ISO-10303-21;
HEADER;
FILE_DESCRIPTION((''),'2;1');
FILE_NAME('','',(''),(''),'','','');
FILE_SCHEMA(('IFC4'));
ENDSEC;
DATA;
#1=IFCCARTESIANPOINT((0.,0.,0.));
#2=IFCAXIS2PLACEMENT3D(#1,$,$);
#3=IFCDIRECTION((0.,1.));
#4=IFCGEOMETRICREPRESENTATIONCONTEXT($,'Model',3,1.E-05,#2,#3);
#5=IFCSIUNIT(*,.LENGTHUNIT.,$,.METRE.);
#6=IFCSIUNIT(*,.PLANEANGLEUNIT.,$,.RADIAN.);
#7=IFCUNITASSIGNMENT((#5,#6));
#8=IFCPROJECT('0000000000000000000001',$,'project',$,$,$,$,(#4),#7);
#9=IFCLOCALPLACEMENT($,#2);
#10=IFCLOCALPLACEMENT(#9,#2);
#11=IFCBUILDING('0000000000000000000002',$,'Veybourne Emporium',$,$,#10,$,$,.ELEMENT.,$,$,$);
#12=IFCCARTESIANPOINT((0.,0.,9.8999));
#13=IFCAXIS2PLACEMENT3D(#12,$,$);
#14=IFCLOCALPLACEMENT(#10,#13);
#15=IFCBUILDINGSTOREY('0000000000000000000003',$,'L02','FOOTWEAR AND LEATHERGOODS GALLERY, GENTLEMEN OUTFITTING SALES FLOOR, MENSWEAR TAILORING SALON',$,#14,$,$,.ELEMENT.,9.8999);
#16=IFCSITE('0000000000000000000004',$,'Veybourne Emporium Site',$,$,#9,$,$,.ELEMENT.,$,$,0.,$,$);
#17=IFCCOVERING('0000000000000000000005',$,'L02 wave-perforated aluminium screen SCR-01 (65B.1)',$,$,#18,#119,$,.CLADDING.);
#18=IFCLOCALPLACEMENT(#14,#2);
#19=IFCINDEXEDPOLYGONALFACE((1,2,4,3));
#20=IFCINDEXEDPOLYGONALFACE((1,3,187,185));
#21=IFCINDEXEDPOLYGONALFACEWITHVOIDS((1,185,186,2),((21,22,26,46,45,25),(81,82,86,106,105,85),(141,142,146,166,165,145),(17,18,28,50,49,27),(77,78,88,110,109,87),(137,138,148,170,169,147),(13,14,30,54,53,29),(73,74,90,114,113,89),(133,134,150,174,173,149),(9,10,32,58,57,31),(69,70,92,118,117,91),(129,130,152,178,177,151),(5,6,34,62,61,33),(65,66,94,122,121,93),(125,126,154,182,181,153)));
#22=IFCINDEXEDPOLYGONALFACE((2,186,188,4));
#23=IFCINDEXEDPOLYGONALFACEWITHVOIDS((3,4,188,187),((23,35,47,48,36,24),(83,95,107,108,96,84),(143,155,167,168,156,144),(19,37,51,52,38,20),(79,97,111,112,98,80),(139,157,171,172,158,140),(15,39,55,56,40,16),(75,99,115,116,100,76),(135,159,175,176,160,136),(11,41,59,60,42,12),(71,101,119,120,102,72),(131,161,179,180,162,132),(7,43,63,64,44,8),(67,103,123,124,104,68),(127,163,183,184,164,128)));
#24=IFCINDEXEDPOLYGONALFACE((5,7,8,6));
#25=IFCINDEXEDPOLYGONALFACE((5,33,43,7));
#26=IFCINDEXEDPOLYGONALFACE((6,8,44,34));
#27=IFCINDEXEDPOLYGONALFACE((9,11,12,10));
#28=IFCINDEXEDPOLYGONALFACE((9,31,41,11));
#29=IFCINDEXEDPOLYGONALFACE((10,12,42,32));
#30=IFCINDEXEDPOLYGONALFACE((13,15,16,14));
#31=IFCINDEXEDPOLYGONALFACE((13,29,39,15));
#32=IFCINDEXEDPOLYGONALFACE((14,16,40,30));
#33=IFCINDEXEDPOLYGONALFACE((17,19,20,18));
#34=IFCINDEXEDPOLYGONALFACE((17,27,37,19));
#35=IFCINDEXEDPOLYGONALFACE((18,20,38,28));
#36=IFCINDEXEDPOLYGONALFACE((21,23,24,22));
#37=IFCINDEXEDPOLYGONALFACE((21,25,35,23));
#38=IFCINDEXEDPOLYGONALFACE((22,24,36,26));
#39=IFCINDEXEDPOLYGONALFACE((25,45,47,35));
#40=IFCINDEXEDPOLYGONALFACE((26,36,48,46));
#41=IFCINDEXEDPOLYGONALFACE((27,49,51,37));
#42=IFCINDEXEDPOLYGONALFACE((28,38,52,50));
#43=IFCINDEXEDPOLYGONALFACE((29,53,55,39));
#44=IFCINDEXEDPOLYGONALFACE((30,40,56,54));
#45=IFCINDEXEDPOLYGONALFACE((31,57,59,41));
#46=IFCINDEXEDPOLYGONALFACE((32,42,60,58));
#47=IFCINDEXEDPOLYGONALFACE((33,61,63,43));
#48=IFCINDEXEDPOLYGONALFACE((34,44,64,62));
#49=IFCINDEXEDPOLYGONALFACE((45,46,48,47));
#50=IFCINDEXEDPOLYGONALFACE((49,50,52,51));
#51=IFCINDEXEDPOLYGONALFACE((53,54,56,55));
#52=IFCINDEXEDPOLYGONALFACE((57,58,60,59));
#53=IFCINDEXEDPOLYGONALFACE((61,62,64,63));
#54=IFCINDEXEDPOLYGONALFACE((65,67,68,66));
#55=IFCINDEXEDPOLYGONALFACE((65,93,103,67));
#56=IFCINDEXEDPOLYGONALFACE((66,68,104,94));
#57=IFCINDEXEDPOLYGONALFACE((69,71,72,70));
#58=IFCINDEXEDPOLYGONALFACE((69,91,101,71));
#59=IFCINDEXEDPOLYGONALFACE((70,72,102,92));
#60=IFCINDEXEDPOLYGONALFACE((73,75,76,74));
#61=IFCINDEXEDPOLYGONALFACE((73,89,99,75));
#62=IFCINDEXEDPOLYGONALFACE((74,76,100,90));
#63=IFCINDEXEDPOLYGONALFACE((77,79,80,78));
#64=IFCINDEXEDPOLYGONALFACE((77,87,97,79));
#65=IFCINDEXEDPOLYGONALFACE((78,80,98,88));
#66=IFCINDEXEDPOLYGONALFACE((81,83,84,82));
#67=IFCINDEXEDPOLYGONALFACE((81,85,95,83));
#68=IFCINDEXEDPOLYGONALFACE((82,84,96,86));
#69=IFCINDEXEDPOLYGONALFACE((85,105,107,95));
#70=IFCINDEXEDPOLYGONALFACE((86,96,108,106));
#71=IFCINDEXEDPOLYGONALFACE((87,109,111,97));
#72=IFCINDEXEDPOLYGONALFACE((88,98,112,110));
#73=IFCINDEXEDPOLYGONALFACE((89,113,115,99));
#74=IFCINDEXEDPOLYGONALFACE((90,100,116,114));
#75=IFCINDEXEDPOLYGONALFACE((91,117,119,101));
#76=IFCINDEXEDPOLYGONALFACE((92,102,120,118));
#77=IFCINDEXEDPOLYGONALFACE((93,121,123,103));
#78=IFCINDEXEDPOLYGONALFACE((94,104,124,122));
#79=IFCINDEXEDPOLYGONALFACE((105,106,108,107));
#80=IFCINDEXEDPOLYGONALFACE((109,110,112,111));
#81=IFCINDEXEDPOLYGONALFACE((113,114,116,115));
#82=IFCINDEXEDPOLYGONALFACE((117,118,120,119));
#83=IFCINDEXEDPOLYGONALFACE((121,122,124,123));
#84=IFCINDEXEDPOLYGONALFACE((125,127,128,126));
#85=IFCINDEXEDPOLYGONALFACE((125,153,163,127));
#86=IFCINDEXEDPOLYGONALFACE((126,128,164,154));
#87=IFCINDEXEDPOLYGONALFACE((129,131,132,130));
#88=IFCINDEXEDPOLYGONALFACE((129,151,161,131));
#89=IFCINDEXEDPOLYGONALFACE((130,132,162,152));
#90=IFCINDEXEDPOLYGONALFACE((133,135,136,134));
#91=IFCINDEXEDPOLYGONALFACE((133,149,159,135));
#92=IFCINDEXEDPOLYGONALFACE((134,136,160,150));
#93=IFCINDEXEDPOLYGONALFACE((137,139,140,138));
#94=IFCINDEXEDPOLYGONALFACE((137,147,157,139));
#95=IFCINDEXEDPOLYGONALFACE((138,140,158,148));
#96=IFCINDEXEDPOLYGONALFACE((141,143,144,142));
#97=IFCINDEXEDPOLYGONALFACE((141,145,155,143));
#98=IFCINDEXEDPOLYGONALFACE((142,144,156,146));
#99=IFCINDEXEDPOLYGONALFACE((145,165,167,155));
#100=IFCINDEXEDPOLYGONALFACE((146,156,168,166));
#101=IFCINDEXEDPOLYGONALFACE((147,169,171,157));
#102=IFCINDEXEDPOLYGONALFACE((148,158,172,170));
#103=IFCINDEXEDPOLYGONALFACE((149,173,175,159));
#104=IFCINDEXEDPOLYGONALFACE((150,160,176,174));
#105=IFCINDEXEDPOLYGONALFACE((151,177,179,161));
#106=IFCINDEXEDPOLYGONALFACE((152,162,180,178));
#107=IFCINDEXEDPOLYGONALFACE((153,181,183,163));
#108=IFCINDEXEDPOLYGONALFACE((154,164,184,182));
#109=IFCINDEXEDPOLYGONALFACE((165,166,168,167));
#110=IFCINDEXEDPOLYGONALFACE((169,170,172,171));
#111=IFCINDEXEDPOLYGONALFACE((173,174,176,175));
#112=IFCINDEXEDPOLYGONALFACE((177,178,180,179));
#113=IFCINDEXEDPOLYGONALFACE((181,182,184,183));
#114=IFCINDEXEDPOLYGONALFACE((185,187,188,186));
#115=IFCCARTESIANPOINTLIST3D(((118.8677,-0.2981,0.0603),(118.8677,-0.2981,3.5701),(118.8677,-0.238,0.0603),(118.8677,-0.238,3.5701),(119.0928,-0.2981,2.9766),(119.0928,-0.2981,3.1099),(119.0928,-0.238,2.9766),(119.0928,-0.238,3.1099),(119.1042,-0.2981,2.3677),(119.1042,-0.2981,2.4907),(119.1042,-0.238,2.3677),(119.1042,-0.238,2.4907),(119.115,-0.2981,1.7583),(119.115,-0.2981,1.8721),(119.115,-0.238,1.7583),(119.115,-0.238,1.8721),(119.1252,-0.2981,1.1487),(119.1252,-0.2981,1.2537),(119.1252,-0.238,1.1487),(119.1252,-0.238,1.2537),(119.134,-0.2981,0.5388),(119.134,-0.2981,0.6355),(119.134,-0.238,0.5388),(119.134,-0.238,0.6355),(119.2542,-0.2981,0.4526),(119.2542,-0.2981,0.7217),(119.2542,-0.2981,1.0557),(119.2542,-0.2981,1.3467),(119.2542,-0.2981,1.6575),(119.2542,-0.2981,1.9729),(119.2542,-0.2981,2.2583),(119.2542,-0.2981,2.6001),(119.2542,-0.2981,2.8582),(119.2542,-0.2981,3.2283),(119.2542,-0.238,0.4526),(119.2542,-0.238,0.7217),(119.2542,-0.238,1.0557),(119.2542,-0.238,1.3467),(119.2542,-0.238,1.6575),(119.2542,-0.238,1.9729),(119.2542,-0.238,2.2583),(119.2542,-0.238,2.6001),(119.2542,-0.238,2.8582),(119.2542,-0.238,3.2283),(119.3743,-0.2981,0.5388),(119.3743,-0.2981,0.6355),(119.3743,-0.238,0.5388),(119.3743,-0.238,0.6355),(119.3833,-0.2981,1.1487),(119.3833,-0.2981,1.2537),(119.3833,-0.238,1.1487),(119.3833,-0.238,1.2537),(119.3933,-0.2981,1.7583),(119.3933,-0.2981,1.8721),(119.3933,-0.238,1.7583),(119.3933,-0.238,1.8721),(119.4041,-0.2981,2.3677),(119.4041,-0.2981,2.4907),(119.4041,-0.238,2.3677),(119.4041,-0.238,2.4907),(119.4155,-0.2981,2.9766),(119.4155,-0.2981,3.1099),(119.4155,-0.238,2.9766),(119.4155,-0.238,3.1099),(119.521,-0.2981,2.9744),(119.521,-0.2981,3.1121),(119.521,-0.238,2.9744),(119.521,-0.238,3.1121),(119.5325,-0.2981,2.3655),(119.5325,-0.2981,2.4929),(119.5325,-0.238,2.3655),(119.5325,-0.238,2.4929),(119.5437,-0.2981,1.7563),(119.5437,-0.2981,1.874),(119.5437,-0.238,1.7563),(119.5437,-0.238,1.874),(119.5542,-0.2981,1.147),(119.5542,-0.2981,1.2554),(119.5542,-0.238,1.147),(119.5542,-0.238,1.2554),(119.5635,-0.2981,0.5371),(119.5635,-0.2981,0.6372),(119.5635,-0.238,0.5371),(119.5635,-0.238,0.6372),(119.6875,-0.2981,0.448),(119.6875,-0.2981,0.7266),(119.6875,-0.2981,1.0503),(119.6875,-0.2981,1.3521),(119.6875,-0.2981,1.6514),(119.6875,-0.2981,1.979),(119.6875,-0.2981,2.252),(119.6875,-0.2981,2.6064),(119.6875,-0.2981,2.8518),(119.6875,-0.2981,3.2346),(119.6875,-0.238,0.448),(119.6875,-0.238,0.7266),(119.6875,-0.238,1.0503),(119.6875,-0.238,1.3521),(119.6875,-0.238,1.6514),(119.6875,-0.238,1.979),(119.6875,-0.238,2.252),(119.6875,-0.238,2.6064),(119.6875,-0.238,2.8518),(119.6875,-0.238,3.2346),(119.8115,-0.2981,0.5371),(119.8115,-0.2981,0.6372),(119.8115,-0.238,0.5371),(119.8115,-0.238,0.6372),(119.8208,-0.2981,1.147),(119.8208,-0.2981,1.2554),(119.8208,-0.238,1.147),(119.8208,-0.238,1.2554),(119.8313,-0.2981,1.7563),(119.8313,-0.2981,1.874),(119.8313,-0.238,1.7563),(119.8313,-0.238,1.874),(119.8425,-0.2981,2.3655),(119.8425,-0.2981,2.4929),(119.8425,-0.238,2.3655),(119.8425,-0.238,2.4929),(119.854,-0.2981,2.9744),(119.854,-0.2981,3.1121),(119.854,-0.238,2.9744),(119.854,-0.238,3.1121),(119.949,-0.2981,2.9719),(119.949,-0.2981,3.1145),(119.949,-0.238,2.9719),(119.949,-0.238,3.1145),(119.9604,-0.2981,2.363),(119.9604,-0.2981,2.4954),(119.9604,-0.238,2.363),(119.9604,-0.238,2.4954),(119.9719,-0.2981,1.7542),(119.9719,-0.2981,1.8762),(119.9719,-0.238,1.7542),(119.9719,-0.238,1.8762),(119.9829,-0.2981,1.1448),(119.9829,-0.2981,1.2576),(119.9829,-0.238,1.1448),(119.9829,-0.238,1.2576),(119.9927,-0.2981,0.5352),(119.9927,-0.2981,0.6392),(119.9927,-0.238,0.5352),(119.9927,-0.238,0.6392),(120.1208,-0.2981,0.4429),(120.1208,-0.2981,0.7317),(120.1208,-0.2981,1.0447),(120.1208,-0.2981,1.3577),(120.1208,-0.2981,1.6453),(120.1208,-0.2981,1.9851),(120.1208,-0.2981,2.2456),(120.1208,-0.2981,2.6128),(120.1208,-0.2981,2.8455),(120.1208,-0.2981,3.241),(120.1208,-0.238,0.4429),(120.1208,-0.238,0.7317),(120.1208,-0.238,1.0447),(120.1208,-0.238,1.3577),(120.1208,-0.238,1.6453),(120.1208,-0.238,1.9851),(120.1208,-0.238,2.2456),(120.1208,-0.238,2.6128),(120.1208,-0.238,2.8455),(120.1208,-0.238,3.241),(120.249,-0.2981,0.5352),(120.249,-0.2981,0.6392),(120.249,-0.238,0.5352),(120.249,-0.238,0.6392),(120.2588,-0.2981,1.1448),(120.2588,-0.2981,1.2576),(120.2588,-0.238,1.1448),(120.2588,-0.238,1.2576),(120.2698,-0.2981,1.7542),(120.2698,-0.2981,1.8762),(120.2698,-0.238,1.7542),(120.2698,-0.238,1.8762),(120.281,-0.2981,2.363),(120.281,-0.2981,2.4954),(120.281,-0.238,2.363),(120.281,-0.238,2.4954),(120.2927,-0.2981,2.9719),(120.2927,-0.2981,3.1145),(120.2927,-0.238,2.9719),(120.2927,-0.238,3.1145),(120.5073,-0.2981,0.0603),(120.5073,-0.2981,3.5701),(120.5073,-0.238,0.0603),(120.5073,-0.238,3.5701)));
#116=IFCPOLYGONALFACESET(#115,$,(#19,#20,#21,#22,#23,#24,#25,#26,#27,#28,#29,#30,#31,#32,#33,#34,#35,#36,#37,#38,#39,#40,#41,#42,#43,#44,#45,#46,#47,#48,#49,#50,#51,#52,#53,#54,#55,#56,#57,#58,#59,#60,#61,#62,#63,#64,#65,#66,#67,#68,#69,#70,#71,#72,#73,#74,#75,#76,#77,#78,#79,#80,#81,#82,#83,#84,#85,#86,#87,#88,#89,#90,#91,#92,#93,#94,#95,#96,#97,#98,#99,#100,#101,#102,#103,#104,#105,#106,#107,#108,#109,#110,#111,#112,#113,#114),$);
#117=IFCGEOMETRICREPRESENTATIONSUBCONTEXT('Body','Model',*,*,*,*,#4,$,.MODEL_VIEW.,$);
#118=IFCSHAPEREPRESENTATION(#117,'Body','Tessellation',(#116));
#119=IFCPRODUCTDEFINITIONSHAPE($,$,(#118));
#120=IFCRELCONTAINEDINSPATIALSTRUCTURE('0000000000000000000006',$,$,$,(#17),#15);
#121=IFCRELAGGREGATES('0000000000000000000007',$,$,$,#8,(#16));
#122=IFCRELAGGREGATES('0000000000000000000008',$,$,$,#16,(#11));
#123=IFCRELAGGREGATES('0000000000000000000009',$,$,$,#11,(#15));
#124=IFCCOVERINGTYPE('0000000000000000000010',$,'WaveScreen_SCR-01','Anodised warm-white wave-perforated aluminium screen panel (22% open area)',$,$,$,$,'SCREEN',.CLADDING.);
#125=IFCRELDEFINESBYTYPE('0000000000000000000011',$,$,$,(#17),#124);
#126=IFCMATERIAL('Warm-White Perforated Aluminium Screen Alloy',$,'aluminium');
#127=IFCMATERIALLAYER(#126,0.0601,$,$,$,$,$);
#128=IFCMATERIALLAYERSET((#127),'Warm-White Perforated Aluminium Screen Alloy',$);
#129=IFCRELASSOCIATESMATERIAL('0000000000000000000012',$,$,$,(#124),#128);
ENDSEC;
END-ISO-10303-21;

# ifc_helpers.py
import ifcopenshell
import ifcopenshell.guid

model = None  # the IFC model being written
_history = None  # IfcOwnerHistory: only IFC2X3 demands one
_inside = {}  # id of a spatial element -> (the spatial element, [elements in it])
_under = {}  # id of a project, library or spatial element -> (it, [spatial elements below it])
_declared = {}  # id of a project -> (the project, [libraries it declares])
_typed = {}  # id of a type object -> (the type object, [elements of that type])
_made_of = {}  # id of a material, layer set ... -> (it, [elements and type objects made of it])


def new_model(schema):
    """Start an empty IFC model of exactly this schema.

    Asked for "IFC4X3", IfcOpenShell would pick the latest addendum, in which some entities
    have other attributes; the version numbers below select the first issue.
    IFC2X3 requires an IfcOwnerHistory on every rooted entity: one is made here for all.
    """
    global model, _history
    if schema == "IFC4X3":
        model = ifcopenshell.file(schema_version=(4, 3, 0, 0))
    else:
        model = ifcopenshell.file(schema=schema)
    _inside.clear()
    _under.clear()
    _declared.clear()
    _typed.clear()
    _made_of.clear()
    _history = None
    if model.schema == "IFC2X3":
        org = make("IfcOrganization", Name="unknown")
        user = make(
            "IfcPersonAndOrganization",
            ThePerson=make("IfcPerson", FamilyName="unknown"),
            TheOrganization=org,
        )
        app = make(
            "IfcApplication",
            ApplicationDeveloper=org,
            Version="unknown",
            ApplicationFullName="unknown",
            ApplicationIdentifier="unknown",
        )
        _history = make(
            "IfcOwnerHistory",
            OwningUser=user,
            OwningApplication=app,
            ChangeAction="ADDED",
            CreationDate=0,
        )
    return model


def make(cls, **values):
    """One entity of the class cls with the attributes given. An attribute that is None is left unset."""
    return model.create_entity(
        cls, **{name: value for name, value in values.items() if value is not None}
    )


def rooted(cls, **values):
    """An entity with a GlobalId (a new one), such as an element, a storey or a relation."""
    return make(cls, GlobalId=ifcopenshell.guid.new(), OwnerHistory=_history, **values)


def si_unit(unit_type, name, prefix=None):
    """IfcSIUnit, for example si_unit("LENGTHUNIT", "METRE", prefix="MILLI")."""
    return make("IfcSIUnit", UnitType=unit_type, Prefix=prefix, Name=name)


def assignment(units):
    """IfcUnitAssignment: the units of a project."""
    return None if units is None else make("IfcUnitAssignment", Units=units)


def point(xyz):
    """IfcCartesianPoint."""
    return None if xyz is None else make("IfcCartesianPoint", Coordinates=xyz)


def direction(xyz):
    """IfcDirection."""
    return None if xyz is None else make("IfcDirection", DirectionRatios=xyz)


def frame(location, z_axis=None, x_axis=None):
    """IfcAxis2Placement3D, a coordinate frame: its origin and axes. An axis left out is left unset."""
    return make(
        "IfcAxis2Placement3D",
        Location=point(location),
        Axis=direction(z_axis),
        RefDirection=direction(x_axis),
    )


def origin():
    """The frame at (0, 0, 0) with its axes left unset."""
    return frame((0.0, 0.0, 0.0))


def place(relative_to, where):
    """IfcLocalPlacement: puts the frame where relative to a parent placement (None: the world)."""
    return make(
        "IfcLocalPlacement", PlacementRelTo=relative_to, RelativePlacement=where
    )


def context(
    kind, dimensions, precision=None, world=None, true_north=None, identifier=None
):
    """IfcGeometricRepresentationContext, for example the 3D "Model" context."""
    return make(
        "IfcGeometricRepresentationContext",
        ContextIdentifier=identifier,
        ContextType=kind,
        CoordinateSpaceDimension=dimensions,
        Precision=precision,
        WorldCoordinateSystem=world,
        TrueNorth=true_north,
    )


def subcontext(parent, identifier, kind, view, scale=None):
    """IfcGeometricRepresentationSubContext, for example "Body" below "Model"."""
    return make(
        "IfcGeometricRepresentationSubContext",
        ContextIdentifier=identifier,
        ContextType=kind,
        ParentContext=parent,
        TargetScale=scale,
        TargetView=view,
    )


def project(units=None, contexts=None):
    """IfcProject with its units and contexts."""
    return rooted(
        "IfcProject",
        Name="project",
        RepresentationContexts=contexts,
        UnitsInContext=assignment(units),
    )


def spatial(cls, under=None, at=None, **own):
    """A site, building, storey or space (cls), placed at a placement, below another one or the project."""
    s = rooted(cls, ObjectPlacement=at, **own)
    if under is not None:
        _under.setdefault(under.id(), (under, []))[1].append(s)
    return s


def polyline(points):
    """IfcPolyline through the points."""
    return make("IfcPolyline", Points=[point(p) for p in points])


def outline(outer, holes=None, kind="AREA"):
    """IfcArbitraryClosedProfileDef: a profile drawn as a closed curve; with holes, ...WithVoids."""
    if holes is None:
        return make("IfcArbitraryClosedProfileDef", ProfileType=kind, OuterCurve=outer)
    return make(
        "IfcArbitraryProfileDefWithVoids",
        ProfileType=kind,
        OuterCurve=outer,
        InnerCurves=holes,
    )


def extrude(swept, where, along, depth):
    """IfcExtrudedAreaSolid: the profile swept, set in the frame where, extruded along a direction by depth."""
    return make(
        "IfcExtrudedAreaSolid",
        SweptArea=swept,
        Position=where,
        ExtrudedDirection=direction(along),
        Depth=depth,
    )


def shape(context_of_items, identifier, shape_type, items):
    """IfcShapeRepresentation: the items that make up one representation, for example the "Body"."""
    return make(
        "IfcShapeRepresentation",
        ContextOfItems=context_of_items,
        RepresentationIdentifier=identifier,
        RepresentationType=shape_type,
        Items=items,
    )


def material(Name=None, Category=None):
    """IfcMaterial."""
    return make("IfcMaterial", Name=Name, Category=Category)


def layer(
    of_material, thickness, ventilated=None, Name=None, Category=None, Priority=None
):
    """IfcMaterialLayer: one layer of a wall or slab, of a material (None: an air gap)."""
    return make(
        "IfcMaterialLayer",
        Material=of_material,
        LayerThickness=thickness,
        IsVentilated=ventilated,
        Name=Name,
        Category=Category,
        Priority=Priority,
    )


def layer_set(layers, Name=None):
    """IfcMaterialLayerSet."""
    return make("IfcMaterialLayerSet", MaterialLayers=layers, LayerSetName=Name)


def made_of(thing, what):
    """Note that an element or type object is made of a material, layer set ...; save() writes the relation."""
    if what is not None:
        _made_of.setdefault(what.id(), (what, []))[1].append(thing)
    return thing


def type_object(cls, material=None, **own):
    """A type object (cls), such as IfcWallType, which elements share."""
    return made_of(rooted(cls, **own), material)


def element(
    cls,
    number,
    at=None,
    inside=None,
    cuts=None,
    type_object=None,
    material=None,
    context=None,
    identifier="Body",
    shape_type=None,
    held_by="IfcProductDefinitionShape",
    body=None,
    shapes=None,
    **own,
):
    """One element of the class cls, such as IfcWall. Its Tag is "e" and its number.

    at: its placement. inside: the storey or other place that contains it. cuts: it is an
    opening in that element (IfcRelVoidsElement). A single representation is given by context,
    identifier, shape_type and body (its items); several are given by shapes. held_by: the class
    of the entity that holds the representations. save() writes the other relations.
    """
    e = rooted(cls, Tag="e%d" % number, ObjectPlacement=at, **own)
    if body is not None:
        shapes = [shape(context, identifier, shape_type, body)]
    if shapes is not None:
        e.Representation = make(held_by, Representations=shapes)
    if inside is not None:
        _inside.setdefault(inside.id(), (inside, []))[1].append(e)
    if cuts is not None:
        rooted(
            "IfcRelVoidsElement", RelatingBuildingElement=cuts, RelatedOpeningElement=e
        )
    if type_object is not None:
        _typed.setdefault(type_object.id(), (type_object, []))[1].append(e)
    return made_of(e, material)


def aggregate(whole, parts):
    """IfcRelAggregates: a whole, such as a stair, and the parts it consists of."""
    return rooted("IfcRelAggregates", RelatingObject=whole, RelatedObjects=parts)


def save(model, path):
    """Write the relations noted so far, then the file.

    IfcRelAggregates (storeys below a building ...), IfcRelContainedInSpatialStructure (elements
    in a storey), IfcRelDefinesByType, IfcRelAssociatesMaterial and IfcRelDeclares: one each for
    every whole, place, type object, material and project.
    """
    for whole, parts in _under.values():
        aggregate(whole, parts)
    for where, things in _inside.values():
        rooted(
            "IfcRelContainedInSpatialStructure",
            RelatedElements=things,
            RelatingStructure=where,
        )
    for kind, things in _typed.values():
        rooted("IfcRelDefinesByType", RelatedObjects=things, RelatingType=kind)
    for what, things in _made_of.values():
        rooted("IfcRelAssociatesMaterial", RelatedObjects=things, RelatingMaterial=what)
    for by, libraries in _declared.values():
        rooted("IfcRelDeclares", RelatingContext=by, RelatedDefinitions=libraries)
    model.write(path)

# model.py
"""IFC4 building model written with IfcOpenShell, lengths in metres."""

from ifc_helpers import new_model, si_unit, direction, frame, origin, place, context, subcontext, project, spatial, polyline, outline, extrude, material, layer, layer_set, type_object, element, save


model = new_model("IFC4")

# Units and contexts
model_context = context("Model", 3, precision=1e-05, world=origin(), true_north=direction((0.0, 1.0)))
body_context = subcontext(model_context, "Body", "Model", "MODEL_VIEW")
ifc_project = project(units=[si_unit("LENGTHUNIT", "METRE"), si_unit("PLANEANGLEUNIT", "RADIAN")], contexts=[model_context])

# Site, building, storey
site_placement = place(None, origin())
site = spatial("IfcSite", under=ifc_project, at=site_placement, Name="Veybourne Emporium Site", CompositionType="ELEMENT", RefElevation=0.0)
building_placement = place(site_placement, origin())
building = spatial("IfcBuilding", under=site, at=building_placement, Name="Veybourne Emporium", CompositionType="ELEMENT")
storey_placement = place(building_placement, frame((0.0, 0.0, 9.8999)))
storey = spatial("IfcBuildingStorey", under=building, at=storey_placement, Name="L02", Description="FOOTWEAR AND LEATHERGOODS GALLERY, GENTLEMEN OUTFITTING SALES FLOOR, MENSWEAR TAILORING SALON", CompositionType="ELEMENT", Elevation=9.8999)

# Covering
ifc_material_1 = material(Name="Warm-White Perforated Aluminium Screen Alloy", Category="aluminium")
ifc_layer_1 = layer(ifc_material_1, 0.0601)
ifc_layer_set_1 = layer_set([ifc_layer_1], Name="Warm-White Perforated Aluminium Screen Alloy")
covering_type_1 = type_object("IfcCoveringType", Name="WaveScreen_SCR-01", Description="Anodised warm-white wave-perforated aluminium screen panel (22% open area)", ElementType="SCREEN", PredefinedType="CLADDING", material=ifc_layer_set_1)
covering_1_placement = place(storey_placement, frame((119.6875, -0.2981, 1.8152), z_axis=(0.0, 1.0, 0.0), x_axis=(-1.0, 0.0, 0.0)))
element("IfcCovering", 1, at=covering_1_placement, inside=storey, type_object=covering_type_1, Name="L02 wave-perforated aluminium screen SCR-01 (65B.1)", PredefinedType="CLADDING", context=body_context, shape_type="SweptSolid", body=[
    extrude(outline(polyline([(-0.8198, -1.7549), (0.8198, -1.7549), (0.8198, 1.7549), (-0.8198, 1.7549), (-0.8198, -1.7549)]), holes=[polyline([(-0.4333, -1.0835), (-0.3052, -1.176), (-0.3052, -1.28), (-0.4333, -1.3723), (-0.5615, -1.28), (-0.5615, -1.176), (-0.4333, -1.0835)]), polyline([(-0.4333, -0.4575), (-0.2954, -0.5576), (-0.2954, -0.6704), (-0.4333, -0.7705), (-0.5713, -0.6704), (-0.5713, -0.5576), (-0.4333, -0.4575)]), polyline([(-0.4333, 0.1699), (-0.2844, 0.061), (-0.2844, -0.061), (-0.4333, -0.1699), (-0.5823, -0.061), (-0.5823, 0.061), (-0.4333, 0.1699)]), polyline([(-0.4333, 0.7976), (-0.2729, 0.6802), (-0.2729, 0.5479), (-0.4333, 0.4304), (-0.5935, 0.5479), (-0.5935, 0.6802), (-0.4333, 0.7976)]), polyline([(-0.4333, 1.4258), (-0.2615, 1.2993), (-0.2615, 1.1567), (-0.4333, 1.0303), (-0.6052, 1.1567), (-0.6052, 1.2993), (-0.4333, 1.4258)]), polyline([(0.0, -1.0886), (0.124, -1.178), (0.124, -1.2781), (0.0, -1.3672), (-0.124, -1.2781), (-0.124, -1.178), (0.0, -1.0886)]), polyline([(0.0, -0.4631), (0.1333, -0.5598), (0.1333, -0.6682), (0.0, -0.7649), (-0.1333, -0.6682), (-0.1333, -0.5598), (0.0, -0.4631)]), polyline([(0.0, 0.1638), (0.1438, 0.0588), (0.1438, -0.0588), (0.0, -0.1638), (-0.1438, -0.0588), (-0.1438, 0.0588), (0.0, 0.1638)]), polyline([(0.0, 0.7913), (0.155, 0.6777), (0.155, 0.5503), (0.0, 0.4368), (-0.155, 0.5503), (-0.155, 0.6777), (0.0, 0.7913)]), polyline([(0.0, 1.4194), (0.1665, 1.2969), (0.1665, 1.1592), (0.0, 1.0366), (-0.1665, 1.1592), (-0.1665, 1.2969), (0.0, 1.4194)]), polyline([(0.4333, -1.0935), (0.5535, -1.1797), (0.5535, -1.2764), (0.4333, -1.3625), (0.3132, -1.2764), (0.3132, -1.1797), (0.4333, -1.0935)]), polyline([(0.4333, -0.4685), (0.5623, -0.5615), (0.5623, -0.6665), (0.4333, -0.7595), (0.3042, -0.6665), (0.3042, -0.5615), (0.4333, -0.4685)]), polyline([(0.4333, 0.1577), (0.5725, 0.0569), (0.5725, -0.0569), (0.4333, -0.1577), (0.2942, -0.0569), (0.2942, 0.0569), (0.4333, 0.1577)]), polyline([(0.4333, 0.7849), (0.5833, 0.6755), (0.5833, 0.5525), (0.4333, 0.4431), (0.2834, 0.5525), (0.2834, 0.6755), (0.4333, 0.7849)]), polyline([(0.4333, 1.4131), (0.5947, 1.2947), (0.5947, 1.1614), (0.4333, 1.043), (0.272, 1.1614), (0.272, 1.2947), (0.4333, 1.4131)])]), origin(), (0.0, 0.0, 1.0), 0.0601),
])

save(model, "model.ifc")
